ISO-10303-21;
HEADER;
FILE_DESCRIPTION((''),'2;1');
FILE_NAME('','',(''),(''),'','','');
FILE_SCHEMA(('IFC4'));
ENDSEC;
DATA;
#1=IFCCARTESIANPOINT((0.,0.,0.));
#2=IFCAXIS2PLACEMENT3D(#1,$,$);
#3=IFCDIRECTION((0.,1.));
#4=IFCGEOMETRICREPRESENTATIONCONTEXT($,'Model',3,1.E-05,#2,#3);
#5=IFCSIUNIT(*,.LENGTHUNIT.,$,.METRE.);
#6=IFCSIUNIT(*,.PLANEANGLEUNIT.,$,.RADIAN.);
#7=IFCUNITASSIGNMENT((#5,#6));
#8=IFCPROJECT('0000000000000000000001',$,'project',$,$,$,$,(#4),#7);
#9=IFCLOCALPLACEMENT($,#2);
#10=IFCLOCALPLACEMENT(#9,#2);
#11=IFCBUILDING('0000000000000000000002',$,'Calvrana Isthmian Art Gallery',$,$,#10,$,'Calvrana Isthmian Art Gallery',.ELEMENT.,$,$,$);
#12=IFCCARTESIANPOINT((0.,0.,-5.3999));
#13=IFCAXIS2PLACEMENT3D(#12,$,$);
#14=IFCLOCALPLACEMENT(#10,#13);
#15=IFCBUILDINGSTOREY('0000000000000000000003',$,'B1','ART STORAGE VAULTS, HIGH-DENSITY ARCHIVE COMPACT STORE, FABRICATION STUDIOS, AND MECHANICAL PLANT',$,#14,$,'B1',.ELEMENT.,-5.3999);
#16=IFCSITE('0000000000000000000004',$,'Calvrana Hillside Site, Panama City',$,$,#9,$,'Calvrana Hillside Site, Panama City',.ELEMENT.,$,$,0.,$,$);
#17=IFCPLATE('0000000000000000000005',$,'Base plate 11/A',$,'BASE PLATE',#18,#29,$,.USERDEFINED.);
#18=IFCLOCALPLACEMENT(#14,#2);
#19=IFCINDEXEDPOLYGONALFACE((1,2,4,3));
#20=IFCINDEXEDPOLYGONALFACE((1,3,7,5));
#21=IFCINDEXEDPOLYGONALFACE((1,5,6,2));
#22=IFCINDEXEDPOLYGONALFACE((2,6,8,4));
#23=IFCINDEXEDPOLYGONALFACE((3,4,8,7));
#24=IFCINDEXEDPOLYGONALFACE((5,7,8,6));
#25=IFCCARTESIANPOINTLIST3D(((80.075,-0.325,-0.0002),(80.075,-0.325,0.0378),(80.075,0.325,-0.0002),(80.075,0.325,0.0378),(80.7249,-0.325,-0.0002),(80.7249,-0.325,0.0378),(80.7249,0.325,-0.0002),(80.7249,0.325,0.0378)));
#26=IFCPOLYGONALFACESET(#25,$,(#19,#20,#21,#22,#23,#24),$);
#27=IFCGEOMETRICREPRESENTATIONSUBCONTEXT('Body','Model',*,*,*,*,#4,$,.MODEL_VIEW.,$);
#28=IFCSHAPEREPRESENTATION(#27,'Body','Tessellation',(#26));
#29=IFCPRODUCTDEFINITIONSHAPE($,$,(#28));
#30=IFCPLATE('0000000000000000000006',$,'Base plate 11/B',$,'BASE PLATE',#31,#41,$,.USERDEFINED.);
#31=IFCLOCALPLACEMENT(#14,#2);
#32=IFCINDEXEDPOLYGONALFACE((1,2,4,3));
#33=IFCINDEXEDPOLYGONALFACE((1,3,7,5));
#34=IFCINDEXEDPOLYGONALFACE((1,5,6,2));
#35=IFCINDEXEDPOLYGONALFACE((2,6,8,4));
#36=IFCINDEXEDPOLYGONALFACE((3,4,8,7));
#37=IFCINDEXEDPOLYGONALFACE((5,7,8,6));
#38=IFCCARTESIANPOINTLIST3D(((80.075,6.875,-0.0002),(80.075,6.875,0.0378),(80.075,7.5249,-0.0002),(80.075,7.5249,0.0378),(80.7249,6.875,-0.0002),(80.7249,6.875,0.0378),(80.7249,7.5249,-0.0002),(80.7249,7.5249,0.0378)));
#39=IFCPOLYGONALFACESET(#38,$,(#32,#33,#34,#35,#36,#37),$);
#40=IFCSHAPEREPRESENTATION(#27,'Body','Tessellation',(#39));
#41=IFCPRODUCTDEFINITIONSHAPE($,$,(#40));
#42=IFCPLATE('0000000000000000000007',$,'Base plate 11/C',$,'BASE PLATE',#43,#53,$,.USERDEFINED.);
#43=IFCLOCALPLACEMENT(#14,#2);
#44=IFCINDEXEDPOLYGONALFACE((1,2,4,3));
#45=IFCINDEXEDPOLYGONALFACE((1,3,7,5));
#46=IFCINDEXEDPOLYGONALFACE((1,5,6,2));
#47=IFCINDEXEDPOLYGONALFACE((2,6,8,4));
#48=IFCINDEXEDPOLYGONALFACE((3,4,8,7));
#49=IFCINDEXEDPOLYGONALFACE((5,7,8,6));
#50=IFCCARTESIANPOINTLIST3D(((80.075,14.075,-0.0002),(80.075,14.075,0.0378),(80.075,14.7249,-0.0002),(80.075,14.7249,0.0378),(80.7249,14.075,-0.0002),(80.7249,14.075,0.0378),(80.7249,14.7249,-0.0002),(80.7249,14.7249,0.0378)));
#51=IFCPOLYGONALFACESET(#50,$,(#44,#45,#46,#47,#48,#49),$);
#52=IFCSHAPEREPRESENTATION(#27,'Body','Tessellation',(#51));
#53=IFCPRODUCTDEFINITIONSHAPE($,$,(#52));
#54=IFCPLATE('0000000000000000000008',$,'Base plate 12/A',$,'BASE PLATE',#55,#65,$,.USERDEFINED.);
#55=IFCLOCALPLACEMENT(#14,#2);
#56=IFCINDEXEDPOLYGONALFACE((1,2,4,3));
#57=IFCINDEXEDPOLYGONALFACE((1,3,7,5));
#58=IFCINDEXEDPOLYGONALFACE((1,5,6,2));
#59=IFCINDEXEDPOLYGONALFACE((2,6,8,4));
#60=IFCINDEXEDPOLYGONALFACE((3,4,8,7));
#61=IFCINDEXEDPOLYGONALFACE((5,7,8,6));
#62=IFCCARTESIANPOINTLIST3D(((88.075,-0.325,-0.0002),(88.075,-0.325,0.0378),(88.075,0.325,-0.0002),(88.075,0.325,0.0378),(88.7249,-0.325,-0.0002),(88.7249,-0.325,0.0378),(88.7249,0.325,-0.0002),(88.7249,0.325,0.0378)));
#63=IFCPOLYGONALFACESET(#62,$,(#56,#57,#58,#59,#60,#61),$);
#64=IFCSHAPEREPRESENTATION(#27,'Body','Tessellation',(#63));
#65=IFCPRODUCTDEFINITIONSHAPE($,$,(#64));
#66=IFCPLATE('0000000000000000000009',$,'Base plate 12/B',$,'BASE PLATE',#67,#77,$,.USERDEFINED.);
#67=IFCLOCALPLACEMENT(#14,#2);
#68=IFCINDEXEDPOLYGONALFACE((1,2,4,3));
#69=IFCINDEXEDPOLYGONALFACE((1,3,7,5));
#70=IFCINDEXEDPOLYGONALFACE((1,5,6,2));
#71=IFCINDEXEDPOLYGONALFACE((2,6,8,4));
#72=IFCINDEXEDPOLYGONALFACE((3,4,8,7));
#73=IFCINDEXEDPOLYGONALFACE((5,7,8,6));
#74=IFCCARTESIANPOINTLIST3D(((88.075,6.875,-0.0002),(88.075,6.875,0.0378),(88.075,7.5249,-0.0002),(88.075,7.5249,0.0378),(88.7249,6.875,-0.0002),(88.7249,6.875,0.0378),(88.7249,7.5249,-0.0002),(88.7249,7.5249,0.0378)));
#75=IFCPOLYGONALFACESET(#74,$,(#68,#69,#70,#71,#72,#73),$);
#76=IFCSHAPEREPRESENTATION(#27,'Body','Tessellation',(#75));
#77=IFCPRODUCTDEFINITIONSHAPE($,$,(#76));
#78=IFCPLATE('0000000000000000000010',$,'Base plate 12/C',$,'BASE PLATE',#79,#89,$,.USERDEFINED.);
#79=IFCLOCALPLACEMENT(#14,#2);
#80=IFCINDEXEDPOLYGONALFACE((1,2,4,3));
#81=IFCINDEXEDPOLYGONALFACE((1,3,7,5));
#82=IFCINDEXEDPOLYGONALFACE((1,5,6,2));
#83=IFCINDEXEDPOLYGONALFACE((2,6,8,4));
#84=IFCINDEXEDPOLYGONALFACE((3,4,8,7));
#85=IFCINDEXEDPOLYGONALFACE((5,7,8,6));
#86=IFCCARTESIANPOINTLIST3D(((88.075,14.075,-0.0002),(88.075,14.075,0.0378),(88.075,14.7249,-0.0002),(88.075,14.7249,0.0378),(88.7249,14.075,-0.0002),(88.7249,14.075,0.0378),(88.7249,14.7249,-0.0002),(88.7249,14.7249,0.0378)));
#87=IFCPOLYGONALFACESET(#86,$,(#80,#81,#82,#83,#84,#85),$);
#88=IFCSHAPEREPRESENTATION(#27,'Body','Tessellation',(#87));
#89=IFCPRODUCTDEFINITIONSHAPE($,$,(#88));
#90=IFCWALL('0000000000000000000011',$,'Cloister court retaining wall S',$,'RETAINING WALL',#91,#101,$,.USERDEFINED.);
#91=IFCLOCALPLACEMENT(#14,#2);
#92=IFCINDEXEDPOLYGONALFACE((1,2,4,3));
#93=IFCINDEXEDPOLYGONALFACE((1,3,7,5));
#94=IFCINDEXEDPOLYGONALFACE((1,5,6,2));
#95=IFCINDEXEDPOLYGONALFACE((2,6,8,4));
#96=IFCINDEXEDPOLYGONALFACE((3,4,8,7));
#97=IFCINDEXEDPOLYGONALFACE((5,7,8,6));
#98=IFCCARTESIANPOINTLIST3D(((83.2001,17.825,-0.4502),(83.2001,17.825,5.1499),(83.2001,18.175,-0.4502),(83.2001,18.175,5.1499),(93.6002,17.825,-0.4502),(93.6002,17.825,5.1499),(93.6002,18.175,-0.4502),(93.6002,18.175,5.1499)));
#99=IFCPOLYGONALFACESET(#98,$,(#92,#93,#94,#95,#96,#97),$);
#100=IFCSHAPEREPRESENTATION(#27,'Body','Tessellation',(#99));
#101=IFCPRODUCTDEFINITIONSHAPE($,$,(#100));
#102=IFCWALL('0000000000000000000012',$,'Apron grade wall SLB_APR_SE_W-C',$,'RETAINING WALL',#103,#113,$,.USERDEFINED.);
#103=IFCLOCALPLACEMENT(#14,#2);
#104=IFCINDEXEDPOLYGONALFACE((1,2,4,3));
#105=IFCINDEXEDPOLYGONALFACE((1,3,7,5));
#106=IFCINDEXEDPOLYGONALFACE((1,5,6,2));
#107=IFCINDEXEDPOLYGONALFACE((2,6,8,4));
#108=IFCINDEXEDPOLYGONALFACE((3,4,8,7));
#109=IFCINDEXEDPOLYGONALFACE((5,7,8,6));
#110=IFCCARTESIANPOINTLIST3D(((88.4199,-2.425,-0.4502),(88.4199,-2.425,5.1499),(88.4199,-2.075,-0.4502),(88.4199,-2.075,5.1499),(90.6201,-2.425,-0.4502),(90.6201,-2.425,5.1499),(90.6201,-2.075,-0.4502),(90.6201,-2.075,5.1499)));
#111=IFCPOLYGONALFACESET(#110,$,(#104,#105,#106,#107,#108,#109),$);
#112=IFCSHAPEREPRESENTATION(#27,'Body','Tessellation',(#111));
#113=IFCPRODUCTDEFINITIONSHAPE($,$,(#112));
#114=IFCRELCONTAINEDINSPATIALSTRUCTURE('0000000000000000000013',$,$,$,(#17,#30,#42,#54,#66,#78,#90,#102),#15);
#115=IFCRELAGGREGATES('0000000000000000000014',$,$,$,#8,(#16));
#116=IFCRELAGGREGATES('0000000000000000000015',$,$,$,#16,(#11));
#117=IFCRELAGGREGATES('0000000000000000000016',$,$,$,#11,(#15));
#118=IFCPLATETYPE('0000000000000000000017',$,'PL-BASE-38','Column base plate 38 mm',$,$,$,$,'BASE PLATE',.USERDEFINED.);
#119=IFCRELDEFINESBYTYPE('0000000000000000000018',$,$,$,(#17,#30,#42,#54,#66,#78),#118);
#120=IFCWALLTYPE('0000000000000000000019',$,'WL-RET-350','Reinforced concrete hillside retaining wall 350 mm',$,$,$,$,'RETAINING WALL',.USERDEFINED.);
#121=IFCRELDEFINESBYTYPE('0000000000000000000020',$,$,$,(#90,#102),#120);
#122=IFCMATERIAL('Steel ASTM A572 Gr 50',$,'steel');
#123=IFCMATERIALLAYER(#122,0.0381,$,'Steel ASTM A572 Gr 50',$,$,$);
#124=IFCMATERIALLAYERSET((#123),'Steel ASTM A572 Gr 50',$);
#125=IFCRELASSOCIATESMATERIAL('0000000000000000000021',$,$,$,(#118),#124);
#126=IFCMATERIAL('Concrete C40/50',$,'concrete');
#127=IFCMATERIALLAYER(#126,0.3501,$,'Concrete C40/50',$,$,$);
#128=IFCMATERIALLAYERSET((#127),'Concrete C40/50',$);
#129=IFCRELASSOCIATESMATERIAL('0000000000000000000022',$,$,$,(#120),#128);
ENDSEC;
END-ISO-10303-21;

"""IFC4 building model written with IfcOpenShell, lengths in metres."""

from ifc_helpers import new_model, si_unit, direction, frame, frame_2d, origin, origin_2d, place, context, subcontext, project, spatial, rectangle, extrude, material, layer, layer_set, type_object, element, save


model = new_model("IFC4")

# Units and contexts
model_context = context("Model", 3, precision=1e-05, world=origin(), true_north=direction((0.0, 1.0)))
body_context = subcontext(model_context, "Body", "Model", "MODEL_VIEW")
ifc_project = project(units=[si_unit("LENGTHUNIT", "METRE"), si_unit("PLANEANGLEUNIT", "RADIAN")], contexts=[model_context])

# Site, building, storey
site_placement = place(None, origin())
site = spatial("IfcSite", under=ifc_project, at=site_placement, Name="Calvrana Hillside Site, Panama City", LongName="Calvrana Hillside Site, Panama City", CompositionType="ELEMENT", RefElevation=0.0)
building_placement = place(site_placement, origin())
building = spatial("IfcBuilding", under=site, at=building_placement, Name="Calvrana Isthmian Art Gallery", LongName="Calvrana Isthmian Art Gallery", CompositionType="ELEMENT")
storey_placement = place(building_placement, frame((0.0, 0.0, -5.3999)))
storey = spatial("IfcBuildingStorey", under=building, at=storey_placement, Name="B1", Description="ART STORAGE VAULTS, HIGH-DENSITY ARCHIVE COMPACT STORE, FABRICATION STUDIOS, AND MECHANICAL PLANT", LongName="B1", CompositionType="ELEMENT", Elevation=-5.3999)

# Shared definitions
ifc_material_1 = material(Name="Concrete C40/50", Category="concrete")

# Plates
ifc_material_2 = material(Name="Steel ASTM A572 Gr 50", Category="steel")
ifc_layer_1 = layer(ifc_material_2, 0.0381, Name="Steel ASTM A572 Gr 50")
ifc_layer_set_1 = layer_set([ifc_layer_1], Name="Steel ASTM A572 Gr 50")
plate_type = type_object("IfcPlateType", Name="PL-BASE-38", Description="Column base plate 38 mm", ElementType="BASE PLATE", PredefinedType="USERDEFINED", material=ifc_layer_set_1)
for number, where, z_axis, x_axis, name in (
    (1, (80.3999, 0.0, -0.0002), (0.0, 0.0, 1.0), (1.0, 0.0, 0.0), "Base plate 11/A"),
    (2, (80.3999, 7.2, -0.0002), (0.0, 0.0, 1.0), (1.0, 0.0, 0.0), "Base plate 11/B"),
    (3, (80.3999, 14.3999, -0.0002), (0.0, 0.0, 1.0), (1.0, 0.0, 0.0), "Base plate 11/C"),
    (4, (88.3999, 0.0, -0.0002), (0.0, 0.0, 1.0), (1.0, 0.0, 0.0), "Base plate 12/A"),
    (5, (88.3999, 7.2, -0.0002), (0.0, 0.0, 1.0), (1.0, 0.0, 0.0), "Base plate 12/B"),
    (6, (88.3999, 14.3999, -0.0002), (0.0, 0.0, 1.0), (1.0, 0.0, 0.0), "Base plate 12/C"),
):
    element("IfcPlate", number, at=place(storey_placement, frame(where, z_axis=z_axis, x_axis=x_axis)), inside=storey, type_object=plate_type, Name=name, ObjectType="BASE PLATE", PredefinedType="USERDEFINED", context=body_context, shape_type="SweptSolid", body=[
        extrude(rectangle(XDim=0.6499, YDim=0.6499, at=origin_2d()), origin(), (0.0, 0.0, 1.0), 0.0381),
    ])

# Walls
ifc_layer_2 = layer(ifc_material_1, 0.3501, Name="Concrete C40/50")
ifc_layer_set_2 = layer_set([ifc_layer_2], Name="Concrete C40/50")
wall_type = type_object("IfcWallType", Name="WL-RET-350", Description="Reinforced concrete hillside retaining wall 350 mm", ElementType="RETAINING WALL", PredefinedType="USERDEFINED", material=ifc_layer_set_2)
wall_1_placement = place(storey_placement, frame((83.2, 18.0, -0.4502), z_axis=(0.0, 0.0, 1.0), x_axis=(1.0, 0.0, 0.0)))
element("IfcWall", 7, at=wall_1_placement, inside=storey, type_object=wall_type, Name="Cloister court retaining wall S", ObjectType="RETAINING WALL", PredefinedType="USERDEFINED", context=body_context, shape_type="SweptSolid", body=[
    extrude(rectangle(XDim=10.4001, YDim=0.3501, at=frame_2d((5.2002, 0.0))), origin(), (0.0, 0.0, 1.0), 5.6001),
])
wall_2_placement = place(storey_placement, frame((88.4199, -2.25, -0.4502), z_axis=(0.0, 0.0, 1.0), x_axis=(1.0, 0.0, 0.0)))
element("IfcWall", 8, at=wall_2_placement, inside=storey, type_object=wall_type, Name="Apron grade wall SLB_APR_SE_W-C", ObjectType="RETAINING WALL", PredefinedType="USERDEFINED", context=body_context, shape_type="SweptSolid", body=[
    extrude(rectangle(XDim=2.2002, YDim=0.3501, at=frame_2d((1.1001, 0.0))), origin(), (0.0, 0.0, 1.0), 5.6001),
])

save(model, "model.ifc")
